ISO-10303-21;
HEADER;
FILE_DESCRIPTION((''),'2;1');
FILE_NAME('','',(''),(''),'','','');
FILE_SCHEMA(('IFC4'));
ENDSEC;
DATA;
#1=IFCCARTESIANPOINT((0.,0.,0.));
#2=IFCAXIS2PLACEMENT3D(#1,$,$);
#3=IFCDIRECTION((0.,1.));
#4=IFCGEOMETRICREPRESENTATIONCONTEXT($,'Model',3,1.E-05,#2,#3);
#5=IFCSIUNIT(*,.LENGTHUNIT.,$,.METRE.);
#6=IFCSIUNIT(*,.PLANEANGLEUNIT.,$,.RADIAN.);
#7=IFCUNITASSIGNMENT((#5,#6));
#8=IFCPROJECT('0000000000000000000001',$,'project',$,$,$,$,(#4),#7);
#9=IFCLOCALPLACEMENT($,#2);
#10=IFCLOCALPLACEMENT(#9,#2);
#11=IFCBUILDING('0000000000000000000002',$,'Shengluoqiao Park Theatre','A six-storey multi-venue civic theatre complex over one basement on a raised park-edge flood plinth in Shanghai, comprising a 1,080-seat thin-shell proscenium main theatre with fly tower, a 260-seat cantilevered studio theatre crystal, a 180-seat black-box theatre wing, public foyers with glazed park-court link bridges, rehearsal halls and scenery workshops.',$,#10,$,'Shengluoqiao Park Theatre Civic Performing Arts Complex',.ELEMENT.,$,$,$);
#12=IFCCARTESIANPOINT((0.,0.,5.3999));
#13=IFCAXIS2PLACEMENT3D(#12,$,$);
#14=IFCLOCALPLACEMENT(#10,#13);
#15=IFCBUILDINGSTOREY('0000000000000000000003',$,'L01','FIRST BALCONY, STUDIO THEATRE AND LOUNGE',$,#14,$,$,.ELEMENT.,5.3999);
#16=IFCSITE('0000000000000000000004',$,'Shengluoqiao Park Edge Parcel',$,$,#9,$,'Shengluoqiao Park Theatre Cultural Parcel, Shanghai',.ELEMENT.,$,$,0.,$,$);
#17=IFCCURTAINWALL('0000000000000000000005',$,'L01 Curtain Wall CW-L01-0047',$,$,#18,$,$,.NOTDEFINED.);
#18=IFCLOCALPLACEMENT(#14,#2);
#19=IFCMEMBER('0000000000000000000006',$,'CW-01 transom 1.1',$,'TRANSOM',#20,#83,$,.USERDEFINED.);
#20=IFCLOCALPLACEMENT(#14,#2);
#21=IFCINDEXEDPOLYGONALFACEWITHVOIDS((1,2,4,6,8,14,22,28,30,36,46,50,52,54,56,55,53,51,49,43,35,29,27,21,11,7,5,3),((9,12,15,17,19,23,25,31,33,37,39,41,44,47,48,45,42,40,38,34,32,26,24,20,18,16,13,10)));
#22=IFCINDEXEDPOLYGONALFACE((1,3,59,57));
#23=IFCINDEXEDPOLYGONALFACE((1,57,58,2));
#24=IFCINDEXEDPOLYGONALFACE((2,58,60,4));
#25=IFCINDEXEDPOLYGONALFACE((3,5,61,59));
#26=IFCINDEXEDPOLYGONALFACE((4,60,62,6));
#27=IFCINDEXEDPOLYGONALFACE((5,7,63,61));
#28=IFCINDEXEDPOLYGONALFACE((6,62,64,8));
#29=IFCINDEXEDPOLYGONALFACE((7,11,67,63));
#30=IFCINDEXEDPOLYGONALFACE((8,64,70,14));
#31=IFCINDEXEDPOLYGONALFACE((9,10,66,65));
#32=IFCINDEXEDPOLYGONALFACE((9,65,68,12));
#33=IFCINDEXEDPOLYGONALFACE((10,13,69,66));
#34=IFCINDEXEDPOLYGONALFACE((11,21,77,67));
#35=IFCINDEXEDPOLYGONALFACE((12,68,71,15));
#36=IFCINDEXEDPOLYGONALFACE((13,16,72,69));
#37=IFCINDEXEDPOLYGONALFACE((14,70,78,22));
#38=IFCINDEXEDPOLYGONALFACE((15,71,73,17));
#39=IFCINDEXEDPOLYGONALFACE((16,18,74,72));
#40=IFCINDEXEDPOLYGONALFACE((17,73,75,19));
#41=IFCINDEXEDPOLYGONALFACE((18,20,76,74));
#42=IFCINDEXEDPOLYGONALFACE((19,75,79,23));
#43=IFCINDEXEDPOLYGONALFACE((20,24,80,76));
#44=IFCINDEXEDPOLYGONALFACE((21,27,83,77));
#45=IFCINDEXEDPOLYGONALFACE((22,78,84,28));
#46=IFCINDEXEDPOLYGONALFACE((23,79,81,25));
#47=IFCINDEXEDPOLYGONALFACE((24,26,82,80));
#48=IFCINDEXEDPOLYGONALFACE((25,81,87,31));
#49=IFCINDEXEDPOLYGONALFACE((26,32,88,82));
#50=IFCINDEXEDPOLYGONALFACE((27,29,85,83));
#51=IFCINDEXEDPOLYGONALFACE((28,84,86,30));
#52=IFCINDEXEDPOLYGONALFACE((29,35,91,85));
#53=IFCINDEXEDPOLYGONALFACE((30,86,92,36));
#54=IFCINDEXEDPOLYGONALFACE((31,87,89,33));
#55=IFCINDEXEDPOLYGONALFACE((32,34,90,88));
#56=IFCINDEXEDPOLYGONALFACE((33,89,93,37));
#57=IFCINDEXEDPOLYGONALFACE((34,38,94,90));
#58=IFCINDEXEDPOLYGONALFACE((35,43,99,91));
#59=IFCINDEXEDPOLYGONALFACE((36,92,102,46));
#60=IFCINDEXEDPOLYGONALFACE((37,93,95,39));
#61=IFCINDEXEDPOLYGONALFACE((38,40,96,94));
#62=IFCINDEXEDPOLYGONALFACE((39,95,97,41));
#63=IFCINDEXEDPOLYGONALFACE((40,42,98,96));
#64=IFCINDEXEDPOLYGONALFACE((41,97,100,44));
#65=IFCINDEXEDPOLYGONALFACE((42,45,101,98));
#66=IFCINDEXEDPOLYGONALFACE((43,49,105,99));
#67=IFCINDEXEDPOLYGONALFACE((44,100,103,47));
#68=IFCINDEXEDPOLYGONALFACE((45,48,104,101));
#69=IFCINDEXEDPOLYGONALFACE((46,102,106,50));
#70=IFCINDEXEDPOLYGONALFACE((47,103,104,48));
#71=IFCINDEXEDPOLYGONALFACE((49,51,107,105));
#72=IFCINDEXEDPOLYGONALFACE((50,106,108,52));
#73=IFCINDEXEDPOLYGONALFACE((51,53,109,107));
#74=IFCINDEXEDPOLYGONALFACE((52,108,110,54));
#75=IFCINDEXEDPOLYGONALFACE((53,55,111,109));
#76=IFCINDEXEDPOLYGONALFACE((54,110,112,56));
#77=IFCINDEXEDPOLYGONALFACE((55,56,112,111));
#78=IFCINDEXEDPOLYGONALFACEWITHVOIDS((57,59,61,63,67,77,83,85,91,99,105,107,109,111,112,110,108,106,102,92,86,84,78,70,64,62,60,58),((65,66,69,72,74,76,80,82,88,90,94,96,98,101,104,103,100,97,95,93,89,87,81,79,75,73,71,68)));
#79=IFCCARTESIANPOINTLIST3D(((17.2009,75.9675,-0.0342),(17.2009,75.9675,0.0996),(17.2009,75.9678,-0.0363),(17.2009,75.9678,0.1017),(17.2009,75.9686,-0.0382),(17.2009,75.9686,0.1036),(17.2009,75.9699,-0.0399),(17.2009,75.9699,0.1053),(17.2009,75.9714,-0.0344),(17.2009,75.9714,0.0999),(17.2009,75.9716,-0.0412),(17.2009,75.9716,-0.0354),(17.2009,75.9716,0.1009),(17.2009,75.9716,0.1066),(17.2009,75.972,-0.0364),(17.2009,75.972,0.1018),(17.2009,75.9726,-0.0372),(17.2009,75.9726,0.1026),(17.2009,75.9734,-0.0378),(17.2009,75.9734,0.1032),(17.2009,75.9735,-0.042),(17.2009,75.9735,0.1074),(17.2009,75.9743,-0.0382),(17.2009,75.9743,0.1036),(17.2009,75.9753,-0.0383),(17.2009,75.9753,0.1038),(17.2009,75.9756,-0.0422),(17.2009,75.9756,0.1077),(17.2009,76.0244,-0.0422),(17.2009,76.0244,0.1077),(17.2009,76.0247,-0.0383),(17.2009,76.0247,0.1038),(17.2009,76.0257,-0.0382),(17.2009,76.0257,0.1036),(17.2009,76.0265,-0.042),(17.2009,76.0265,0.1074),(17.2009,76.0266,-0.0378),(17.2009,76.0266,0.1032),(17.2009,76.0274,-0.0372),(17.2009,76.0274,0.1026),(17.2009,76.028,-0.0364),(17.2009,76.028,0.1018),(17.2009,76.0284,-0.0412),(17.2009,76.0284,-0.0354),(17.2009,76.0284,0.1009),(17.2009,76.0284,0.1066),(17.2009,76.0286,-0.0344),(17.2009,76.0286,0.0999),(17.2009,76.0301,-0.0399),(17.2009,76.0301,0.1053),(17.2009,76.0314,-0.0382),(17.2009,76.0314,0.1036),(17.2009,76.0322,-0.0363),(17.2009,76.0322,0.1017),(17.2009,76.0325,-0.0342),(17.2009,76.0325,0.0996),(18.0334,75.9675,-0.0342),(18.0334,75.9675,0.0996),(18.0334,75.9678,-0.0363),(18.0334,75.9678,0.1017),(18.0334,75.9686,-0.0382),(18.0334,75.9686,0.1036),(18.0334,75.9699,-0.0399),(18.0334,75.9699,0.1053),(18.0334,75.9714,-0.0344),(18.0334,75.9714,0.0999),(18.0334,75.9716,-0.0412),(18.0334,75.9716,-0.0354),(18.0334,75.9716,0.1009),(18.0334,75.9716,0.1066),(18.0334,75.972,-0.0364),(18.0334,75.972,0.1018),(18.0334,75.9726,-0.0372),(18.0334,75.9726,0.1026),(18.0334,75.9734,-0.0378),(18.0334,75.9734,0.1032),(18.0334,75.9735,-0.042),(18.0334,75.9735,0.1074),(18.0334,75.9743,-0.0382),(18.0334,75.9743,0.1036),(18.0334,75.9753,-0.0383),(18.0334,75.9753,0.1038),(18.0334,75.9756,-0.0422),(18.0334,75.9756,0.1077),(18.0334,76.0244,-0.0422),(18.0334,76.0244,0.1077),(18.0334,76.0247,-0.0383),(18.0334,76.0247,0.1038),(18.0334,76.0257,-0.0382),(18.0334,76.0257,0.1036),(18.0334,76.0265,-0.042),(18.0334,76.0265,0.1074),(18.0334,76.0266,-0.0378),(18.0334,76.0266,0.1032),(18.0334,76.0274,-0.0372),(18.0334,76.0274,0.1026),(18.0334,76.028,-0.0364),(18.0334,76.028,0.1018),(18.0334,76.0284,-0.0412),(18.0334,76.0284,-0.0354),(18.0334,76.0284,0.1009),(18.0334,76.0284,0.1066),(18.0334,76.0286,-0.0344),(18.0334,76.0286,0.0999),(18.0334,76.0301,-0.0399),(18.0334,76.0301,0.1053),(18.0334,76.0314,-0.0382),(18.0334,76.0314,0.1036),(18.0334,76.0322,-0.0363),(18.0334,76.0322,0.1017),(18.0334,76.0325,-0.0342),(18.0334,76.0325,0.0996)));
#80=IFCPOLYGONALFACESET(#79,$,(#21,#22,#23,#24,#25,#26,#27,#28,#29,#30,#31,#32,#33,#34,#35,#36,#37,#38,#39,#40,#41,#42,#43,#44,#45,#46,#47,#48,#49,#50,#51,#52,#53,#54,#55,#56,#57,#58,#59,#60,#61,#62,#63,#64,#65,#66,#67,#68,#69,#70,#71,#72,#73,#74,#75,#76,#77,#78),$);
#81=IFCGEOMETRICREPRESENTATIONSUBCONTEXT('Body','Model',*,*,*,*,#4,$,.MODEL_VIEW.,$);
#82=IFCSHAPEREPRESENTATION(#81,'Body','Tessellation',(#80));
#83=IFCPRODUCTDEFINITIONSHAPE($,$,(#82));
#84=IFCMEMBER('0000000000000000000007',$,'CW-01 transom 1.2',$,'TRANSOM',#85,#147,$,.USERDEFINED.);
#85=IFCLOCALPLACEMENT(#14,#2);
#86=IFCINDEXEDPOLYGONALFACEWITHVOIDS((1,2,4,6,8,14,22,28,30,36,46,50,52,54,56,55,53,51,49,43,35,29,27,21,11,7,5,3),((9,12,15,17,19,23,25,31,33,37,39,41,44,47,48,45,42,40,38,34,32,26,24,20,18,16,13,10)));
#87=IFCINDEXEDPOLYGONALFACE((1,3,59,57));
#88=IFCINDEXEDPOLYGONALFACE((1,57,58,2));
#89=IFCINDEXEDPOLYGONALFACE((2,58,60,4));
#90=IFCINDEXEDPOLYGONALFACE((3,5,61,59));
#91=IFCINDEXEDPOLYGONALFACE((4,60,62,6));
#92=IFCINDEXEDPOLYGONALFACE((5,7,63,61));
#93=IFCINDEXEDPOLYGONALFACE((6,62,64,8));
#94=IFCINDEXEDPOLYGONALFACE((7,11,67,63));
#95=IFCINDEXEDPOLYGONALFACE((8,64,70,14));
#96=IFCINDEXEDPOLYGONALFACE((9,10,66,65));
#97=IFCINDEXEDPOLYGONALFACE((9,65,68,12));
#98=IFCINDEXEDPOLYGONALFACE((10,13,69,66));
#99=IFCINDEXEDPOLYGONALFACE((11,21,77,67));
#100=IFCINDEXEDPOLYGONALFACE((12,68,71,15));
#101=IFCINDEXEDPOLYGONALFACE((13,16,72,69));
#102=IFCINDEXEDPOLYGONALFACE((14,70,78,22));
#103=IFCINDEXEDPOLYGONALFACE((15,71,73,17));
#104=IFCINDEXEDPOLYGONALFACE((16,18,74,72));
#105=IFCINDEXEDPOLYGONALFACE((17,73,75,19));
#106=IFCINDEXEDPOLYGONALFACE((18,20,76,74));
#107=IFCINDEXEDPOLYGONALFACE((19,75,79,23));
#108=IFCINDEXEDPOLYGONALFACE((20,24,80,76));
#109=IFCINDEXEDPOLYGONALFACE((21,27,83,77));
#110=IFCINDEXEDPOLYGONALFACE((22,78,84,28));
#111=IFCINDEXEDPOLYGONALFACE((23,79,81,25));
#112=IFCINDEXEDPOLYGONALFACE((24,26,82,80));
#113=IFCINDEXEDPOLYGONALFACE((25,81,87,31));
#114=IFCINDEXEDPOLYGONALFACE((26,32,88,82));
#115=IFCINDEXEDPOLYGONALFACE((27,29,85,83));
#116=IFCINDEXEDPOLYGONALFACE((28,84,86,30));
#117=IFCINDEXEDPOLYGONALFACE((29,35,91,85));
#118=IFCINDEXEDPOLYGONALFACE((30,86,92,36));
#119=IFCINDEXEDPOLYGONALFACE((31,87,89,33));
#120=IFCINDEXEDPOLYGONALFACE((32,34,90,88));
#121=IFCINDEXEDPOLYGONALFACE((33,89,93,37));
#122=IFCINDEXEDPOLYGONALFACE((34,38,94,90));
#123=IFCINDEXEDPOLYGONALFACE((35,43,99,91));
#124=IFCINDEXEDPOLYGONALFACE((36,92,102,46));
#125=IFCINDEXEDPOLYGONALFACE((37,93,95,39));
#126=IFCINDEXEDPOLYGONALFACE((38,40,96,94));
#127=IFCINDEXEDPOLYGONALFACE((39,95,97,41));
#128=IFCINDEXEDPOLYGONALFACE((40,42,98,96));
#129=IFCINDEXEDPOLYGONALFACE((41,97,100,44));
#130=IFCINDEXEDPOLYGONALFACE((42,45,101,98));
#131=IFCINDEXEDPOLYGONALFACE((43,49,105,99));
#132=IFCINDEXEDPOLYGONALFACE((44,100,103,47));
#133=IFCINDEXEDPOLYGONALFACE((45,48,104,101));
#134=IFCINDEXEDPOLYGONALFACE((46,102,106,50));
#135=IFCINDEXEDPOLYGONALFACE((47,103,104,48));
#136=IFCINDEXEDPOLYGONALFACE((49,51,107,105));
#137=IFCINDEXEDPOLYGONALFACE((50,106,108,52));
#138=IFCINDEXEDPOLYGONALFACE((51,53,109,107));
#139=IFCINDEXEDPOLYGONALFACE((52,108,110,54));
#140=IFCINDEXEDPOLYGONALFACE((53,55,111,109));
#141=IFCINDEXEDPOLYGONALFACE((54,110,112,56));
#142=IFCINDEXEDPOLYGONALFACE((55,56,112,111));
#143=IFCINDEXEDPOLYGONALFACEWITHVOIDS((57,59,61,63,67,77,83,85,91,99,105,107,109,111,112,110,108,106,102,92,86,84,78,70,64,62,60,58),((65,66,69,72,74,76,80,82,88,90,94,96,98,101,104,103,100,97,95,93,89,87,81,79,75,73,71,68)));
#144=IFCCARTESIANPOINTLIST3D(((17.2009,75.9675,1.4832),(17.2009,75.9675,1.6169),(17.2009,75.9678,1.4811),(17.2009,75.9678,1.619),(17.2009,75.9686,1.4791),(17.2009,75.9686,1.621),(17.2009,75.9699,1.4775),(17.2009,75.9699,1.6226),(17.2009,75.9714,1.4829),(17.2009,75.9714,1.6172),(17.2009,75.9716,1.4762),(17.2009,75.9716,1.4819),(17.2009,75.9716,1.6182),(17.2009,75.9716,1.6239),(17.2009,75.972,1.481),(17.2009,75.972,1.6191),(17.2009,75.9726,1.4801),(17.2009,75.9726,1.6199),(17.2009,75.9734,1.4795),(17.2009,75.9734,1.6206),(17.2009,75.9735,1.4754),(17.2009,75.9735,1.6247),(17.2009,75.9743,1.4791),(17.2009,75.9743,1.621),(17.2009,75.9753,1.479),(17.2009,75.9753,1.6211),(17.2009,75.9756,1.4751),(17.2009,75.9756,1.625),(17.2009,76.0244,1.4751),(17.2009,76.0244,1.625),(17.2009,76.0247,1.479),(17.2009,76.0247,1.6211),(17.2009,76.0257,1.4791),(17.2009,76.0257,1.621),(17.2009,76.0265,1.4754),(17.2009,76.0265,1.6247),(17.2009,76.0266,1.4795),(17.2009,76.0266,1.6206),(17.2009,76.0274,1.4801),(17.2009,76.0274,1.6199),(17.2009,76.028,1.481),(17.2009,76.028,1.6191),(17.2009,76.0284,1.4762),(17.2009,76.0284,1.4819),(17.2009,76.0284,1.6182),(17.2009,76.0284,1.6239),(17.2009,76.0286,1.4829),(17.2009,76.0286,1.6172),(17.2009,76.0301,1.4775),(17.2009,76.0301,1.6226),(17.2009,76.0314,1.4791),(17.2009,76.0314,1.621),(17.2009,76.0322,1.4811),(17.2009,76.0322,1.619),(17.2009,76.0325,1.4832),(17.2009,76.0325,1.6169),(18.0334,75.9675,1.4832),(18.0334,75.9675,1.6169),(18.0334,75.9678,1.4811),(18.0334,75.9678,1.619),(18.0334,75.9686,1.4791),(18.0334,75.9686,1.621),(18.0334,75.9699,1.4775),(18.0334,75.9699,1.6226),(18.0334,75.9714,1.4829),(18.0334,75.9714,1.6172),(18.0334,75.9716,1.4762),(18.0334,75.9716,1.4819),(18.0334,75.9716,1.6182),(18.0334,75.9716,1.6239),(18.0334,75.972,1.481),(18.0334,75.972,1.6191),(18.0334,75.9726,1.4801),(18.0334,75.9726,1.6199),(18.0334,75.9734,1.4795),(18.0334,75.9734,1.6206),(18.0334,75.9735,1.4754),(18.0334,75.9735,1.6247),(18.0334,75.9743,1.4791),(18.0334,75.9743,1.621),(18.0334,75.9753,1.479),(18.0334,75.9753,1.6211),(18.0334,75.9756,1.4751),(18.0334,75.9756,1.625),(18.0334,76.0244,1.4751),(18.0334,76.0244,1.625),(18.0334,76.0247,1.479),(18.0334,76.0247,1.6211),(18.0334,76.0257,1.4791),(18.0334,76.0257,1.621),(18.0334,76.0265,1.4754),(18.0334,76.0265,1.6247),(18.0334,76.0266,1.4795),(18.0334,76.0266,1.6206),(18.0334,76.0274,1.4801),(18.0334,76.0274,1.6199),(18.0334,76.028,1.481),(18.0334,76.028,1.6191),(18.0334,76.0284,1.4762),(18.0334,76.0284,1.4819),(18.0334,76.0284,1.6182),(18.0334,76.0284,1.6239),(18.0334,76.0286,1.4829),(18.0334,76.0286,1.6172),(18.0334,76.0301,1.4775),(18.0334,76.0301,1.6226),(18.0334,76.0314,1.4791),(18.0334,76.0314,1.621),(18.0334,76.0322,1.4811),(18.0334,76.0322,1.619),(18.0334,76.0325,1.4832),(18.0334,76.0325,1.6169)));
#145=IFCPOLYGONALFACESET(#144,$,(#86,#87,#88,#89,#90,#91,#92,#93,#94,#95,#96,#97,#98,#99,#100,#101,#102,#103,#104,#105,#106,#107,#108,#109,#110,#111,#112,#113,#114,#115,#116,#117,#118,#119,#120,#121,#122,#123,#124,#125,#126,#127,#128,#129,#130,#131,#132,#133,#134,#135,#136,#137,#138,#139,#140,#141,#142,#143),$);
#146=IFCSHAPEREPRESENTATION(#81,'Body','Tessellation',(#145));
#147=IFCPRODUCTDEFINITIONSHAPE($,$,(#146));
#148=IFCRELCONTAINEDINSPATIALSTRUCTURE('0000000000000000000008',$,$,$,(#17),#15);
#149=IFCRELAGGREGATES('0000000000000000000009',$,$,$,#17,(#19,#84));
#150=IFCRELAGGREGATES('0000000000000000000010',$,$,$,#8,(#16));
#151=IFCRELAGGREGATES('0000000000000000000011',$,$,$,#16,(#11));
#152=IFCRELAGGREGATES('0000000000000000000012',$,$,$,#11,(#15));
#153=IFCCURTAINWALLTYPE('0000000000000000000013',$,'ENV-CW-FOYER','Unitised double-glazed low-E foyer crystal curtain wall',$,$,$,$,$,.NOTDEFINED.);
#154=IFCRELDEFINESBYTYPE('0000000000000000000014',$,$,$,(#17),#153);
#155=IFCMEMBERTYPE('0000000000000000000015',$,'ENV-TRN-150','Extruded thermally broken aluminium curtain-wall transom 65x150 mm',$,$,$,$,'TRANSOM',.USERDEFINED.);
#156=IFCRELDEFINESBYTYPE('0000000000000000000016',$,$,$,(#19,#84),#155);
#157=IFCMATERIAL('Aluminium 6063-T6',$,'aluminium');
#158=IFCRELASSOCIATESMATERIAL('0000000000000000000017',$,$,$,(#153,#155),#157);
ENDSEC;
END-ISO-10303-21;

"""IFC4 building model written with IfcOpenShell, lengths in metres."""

from ifc_helpers import new_model, si_unit, direction, frame, origin, origin_2d, place, context, subcontext, project, spatial, hollow_rectangle, extrude, material, material_profile, profile_set, type_object, element, aggregate, save


model = new_model("IFC4")

# Units and contexts
model_context = context("Model", 3, precision=1e-05, world=origin(), true_north=direction((0.0, 1.0)))
body_context = subcontext(model_context, "Body", "Model", "MODEL_VIEW")
ifc_project = project(units=[si_unit("LENGTHUNIT", "METRE"), si_unit("PLANEANGLEUNIT", "RADIAN")], contexts=[model_context])

# Site, building, storey
site_placement = place(None, origin())
site = spatial("IfcSite", under=ifc_project, at=site_placement, Name="Shengluoqiao Park Edge Parcel", LongName="Shengluoqiao Park Theatre Cultural Parcel, Shanghai", CompositionType="ELEMENT", RefElevation=0.0)
building_placement = place(site_placement, origin())
building = spatial("IfcBuilding", under=site, at=building_placement, Name="Shengluoqiao Park Theatre", Description="A six-storey multi-venue civic theatre complex over one basement on a raised park-edge flood plinth in Shanghai, comprising a 1,080-seat thin-shell proscenium main theatre with fly tower, a 260-seat cantilevered studio theatre crystal, a 180-seat black-box theatre wing, public foyers with glazed park-court link bridges, rehearsal halls and scenery workshops.", LongName="Shengluoqiao Park Theatre Civic Performing Arts Complex", CompositionType="ELEMENT")
storey_placement = place(building_placement, frame((0.0, 0.0, 5.3999)))
storey = spatial("IfcBuildingStorey", under=building, at=storey_placement, Name="L01", Description="FIRST BALCONY, STUDIO THEATRE AND LOUNGE", CompositionType="ELEMENT", Elevation=5.3999)

# Shared definitions
ifc_material_1 = material(Name="Aluminium 6063-T6", Category="aluminium")
curtain_wall_type = type_object("IfcCurtainWallType", Name="ENV-CW-FOYER", Description="Unitised double-glazed low-E foyer crystal curtain wall", PredefinedType="NOTDEFINED", material=ifc_material_1)

# Curtain wall
curtain_wall_1_placement = place(storey_placement, origin())
curtain_wall_1 = element("IfcCurtainWall", 1, at=curtain_wall_1_placement, inside=storey, type_object=curtain_wall_type, Name="L01 Curtain Wall CW-L01-0047", PredefinedType="NOTDEFINED")

# Members
ifc_material_profile_1 = material_profile(ifc_material_1, hollow_rectangle(XDim=0.0649, YDim=0.1499, WallThickness=0.0039, InnerFilletRadius=0.0039, OuterFilletRadius=0.0081, at=origin_2d()), Name="ALU TRANSOM 150x65x4")
ifc_profile_set_1 = profile_set([ifc_material_profile_1], Name="Aluminium 6063-T6")
member_type_1 = type_object("IfcMemberType", Name="ENV-TRN-150", Description="Extruded thermally broken aluminium curtain-wall transom 65x150 mm", ElementType="TRANSOM", PredefinedType="USERDEFINED", material=ifc_profile_set_1)
member_1_placement = place(storey_placement, frame((17.2009, 76.0, 0.0327), z_axis=(1.0, 0.0, 0.0), x_axis=(0.0, 1.0, 0.0)))
member_1 = element("IfcMember", 2, at=member_1_placement, type_object=member_type_1, Name="CW-01 transom 1.1", ObjectType="TRANSOM", PredefinedType="USERDEFINED", context=body_context, shape_type="SweptSolid", body=[
    extrude(hollow_rectangle(XDim=0.0649, YDim=0.1499, WallThickness=0.0039, InnerFilletRadius=0.0039, OuterFilletRadius=0.0081, at=origin_2d()), origin(), (0.0, 0.0, 1.0), 0.8325),
])
member_2_placement = place(storey_placement, frame((17.2009, 76.0, 1.55), z_axis=(1.0, 0.0, 0.0), x_axis=(0.0, 1.0, 0.0)))
member_2 = element("IfcMember", 3, at=member_2_placement, type_object=member_type_1, Name="CW-01 transom 1.2", ObjectType="TRANSOM", PredefinedType="USERDEFINED", context=body_context, shape_type="SweptSolid", body=[
    extrude(hollow_rectangle(XDim=0.0649, YDim=0.1499, WallThickness=0.0039, InnerFilletRadius=0.0039, OuterFilletRadius=0.0081, at=origin_2d()), origin(), (0.0, 0.0, 1.0), 0.8325),
])

aggregate(curtain_wall_1, [member_1, member_2])

save(model, "model.ifc")
